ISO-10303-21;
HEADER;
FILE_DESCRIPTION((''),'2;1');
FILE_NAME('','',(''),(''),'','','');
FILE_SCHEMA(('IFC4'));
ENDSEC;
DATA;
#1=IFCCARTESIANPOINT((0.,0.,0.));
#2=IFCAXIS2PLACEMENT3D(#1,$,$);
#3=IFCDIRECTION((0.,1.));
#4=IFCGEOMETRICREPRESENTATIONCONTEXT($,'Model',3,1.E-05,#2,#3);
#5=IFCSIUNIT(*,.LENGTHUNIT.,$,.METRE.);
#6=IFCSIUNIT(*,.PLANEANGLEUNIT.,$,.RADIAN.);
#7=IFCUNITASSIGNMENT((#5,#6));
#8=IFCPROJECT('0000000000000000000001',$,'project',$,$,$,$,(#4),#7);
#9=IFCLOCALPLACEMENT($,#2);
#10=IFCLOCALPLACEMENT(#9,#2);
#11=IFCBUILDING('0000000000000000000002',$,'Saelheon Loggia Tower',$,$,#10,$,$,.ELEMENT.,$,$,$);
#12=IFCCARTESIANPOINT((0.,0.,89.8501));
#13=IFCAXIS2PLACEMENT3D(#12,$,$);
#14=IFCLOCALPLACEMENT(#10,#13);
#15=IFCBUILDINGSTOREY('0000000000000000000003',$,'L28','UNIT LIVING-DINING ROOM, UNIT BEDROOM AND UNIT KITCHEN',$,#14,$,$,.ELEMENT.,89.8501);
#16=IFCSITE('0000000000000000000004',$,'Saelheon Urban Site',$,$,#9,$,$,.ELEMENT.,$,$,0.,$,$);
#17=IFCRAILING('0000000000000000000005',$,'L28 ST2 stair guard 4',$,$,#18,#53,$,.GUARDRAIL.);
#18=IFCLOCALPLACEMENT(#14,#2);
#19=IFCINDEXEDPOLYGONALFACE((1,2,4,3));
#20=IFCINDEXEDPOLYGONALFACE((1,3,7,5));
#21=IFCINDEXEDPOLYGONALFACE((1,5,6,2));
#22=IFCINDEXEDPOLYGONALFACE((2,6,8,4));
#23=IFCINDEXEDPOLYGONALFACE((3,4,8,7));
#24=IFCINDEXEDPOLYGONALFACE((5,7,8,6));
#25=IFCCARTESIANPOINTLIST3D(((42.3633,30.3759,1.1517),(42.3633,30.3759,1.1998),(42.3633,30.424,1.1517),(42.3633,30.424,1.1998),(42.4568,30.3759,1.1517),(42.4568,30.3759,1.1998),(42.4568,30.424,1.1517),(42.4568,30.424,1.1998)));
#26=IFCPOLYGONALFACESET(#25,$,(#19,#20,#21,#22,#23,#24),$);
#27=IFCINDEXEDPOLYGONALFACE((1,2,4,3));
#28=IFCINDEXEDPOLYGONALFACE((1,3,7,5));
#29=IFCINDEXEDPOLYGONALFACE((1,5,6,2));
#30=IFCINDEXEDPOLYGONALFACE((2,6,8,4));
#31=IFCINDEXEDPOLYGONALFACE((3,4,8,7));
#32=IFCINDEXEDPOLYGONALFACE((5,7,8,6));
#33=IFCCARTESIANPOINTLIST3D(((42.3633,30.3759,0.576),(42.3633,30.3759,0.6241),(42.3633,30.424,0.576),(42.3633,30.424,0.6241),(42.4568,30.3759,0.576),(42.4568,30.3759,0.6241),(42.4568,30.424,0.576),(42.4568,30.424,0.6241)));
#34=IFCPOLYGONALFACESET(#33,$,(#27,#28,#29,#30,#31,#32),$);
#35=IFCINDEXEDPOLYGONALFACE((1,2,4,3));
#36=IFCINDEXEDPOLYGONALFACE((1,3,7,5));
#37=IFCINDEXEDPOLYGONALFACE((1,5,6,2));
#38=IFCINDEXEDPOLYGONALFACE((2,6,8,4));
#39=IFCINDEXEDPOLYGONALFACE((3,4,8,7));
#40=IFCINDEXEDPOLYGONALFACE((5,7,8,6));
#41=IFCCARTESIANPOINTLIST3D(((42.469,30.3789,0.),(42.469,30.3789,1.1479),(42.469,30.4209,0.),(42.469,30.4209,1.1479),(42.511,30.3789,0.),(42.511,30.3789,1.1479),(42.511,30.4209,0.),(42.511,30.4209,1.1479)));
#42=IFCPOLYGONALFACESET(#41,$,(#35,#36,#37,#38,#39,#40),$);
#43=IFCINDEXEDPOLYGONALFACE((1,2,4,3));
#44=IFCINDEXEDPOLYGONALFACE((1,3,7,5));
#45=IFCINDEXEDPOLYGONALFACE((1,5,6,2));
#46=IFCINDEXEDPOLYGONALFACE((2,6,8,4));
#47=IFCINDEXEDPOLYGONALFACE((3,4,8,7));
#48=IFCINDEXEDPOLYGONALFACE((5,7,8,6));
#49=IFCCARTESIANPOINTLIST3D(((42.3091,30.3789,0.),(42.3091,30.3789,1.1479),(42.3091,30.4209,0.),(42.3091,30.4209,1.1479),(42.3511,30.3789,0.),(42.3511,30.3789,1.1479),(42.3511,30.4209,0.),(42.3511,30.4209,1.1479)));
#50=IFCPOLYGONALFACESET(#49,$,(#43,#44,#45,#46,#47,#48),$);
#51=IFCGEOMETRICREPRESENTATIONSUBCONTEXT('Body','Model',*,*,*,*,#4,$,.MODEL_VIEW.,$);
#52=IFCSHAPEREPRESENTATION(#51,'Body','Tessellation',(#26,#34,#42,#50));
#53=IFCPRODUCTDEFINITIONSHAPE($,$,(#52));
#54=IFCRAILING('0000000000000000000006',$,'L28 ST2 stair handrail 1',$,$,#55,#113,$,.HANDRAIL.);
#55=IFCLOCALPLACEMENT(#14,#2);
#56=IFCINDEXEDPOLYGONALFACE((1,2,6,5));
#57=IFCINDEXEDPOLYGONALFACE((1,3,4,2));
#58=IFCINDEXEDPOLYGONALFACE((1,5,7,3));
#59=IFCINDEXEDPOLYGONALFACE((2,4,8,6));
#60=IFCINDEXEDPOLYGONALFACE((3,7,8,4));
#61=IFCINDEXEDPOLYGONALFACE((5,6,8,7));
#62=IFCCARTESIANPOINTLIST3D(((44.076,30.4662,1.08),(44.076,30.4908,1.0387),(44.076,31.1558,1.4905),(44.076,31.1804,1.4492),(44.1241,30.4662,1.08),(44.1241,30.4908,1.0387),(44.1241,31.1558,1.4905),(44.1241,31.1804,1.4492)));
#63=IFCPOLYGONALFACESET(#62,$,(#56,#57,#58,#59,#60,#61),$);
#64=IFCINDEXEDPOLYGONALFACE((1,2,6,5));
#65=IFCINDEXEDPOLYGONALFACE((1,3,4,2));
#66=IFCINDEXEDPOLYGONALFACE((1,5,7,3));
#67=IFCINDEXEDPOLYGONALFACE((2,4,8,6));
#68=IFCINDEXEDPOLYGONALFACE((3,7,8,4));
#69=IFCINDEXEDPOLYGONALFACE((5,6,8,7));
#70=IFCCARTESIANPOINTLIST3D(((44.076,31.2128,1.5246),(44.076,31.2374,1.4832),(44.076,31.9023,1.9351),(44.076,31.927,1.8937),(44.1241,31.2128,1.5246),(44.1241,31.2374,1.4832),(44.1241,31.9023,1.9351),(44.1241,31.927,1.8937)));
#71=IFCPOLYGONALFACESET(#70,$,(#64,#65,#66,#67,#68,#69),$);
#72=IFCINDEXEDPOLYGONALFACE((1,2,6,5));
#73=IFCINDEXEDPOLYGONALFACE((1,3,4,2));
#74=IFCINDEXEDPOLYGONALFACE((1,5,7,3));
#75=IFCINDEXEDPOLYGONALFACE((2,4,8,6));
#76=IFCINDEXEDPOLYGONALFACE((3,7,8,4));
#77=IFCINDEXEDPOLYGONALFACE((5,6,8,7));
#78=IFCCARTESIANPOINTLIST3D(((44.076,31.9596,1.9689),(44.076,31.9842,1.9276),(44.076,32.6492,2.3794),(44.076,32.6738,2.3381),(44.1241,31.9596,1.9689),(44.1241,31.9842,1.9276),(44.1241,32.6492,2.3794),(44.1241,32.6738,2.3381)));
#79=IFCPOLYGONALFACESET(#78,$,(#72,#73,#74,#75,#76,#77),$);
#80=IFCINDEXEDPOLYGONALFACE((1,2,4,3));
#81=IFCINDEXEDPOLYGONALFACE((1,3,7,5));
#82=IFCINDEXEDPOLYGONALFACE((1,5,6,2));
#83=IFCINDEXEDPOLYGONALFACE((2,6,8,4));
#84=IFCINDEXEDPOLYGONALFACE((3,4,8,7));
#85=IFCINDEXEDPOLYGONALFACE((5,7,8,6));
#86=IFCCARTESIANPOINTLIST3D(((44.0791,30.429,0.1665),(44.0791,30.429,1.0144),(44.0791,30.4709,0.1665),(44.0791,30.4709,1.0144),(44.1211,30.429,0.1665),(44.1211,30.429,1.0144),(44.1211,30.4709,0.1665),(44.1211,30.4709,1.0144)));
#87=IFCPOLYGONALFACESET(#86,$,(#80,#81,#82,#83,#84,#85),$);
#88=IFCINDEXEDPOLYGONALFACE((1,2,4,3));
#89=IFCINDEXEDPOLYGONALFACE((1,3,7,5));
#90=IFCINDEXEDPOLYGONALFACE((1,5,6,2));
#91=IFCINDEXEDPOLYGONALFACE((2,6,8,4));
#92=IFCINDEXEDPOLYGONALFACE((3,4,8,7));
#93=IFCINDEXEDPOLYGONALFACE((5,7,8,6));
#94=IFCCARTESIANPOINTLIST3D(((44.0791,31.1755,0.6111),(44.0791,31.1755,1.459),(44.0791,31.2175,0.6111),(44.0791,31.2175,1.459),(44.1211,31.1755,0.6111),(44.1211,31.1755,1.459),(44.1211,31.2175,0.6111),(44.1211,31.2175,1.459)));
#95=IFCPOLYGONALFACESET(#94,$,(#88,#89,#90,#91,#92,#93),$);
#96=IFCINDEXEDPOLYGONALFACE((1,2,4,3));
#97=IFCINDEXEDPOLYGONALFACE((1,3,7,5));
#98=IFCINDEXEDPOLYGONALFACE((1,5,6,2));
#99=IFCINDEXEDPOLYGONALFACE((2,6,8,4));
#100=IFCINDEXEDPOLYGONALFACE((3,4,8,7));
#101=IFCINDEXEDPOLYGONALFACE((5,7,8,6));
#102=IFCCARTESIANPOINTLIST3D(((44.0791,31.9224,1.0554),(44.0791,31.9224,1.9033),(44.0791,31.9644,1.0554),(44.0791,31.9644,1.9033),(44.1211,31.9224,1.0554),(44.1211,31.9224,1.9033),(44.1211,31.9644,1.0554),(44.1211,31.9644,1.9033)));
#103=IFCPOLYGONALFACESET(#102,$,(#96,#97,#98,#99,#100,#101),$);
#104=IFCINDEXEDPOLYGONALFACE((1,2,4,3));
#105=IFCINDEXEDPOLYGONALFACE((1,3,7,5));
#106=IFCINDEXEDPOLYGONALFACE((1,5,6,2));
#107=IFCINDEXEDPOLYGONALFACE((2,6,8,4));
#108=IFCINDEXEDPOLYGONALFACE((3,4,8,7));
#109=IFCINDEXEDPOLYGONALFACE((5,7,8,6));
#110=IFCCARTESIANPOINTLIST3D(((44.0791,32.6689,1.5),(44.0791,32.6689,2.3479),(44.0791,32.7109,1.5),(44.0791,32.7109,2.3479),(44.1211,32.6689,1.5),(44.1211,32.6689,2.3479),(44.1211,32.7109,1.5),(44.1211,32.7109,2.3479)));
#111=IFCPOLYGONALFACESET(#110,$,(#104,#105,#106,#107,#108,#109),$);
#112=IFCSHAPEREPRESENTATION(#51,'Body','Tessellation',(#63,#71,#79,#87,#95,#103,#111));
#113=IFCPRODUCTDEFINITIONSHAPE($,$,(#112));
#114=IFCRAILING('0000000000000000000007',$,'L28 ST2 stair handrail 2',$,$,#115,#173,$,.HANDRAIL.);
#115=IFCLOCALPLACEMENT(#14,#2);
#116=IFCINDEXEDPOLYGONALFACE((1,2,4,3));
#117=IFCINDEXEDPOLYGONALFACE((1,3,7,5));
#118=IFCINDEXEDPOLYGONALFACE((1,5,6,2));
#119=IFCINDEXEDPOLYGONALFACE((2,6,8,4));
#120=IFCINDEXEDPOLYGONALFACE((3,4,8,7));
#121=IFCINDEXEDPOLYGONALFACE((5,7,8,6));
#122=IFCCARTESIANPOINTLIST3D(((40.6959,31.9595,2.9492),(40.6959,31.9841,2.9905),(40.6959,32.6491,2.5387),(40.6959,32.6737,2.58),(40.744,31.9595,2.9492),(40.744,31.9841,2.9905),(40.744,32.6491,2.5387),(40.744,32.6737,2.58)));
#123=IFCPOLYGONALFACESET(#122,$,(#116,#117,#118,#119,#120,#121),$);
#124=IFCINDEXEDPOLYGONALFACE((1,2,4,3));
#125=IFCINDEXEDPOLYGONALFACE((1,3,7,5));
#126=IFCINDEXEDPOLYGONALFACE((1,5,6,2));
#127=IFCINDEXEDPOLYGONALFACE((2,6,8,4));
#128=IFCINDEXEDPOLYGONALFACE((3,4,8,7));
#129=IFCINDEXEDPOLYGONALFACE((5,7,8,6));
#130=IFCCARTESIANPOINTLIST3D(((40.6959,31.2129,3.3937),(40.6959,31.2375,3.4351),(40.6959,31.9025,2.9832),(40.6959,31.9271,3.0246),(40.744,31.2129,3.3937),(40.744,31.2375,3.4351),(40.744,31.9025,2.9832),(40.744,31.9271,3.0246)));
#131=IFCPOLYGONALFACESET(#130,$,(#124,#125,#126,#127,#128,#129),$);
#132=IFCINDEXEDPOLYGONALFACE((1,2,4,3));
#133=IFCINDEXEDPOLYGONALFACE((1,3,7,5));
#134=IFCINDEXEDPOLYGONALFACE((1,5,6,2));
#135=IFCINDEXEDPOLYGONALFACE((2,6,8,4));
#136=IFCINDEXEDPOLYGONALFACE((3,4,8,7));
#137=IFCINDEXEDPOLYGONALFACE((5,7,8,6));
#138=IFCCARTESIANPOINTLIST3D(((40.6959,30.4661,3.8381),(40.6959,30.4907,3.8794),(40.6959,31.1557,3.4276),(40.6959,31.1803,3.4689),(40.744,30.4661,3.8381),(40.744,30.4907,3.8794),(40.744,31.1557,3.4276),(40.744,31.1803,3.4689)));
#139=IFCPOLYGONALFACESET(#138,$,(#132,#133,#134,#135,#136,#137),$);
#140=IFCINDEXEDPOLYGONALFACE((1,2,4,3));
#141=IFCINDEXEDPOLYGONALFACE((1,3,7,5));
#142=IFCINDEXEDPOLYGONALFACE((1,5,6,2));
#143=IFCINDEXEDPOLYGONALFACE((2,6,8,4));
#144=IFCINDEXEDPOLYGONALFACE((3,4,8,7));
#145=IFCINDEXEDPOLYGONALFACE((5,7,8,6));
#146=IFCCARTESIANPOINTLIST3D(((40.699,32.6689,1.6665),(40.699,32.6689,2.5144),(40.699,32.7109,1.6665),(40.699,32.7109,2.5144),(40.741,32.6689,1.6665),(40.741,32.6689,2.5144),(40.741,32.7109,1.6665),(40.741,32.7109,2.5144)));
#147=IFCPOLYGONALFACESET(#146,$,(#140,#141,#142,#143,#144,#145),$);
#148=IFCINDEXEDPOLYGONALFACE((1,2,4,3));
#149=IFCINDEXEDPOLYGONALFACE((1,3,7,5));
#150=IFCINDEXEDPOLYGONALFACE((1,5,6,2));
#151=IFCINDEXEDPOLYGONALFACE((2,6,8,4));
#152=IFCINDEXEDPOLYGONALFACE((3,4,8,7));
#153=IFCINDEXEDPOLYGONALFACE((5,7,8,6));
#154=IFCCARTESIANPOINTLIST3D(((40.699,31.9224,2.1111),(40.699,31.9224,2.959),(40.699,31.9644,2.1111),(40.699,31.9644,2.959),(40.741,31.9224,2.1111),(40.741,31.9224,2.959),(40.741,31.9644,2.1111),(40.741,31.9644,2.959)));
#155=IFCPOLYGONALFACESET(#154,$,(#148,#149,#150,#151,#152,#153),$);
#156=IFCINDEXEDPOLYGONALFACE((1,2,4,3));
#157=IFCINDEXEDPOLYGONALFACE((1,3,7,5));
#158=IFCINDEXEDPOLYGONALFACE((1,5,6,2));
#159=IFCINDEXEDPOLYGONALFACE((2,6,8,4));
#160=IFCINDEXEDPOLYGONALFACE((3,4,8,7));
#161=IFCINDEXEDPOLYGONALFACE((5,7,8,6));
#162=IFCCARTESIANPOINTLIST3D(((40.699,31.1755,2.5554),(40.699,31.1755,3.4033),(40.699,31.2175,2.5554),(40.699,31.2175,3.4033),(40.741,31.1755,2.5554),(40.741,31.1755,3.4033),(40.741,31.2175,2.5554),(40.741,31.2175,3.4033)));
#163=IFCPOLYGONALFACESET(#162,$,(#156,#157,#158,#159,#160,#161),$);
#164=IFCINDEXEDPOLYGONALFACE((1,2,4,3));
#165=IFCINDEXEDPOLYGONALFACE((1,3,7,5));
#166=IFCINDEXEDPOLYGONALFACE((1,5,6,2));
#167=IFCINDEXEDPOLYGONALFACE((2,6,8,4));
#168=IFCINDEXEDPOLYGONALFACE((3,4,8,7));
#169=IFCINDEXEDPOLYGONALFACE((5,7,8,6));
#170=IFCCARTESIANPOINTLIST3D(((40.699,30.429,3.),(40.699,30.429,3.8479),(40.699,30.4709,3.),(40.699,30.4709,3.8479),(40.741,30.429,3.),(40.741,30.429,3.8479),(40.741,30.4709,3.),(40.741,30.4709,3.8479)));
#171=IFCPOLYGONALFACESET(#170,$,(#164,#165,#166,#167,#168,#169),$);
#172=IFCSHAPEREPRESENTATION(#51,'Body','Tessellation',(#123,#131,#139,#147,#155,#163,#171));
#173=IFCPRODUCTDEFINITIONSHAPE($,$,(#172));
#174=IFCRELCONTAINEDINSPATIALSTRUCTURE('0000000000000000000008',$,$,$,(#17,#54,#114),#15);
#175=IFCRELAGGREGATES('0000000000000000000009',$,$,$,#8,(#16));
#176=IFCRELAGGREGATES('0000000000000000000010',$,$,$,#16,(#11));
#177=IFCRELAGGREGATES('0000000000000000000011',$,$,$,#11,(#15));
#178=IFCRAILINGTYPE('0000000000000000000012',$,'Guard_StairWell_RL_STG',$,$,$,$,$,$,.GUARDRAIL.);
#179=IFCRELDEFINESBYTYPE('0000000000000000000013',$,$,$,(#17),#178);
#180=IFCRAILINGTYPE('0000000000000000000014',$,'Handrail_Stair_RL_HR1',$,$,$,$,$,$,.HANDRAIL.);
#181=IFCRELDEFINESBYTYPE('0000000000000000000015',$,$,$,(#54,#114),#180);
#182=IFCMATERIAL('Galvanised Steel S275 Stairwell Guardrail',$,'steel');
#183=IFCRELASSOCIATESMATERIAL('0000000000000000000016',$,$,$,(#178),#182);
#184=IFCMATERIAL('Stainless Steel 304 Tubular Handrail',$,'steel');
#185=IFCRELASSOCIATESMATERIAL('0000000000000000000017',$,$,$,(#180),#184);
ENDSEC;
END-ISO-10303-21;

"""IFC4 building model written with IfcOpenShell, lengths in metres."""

from ifc_helpers import new_model, si_unit, direction, frame, origin, origin_2d, place, context, subcontext, project, spatial, rectangle, extrude, material, type_object, element, save


model = new_model("IFC4")

# Units and contexts
model_context = context("Model", 3, precision=1e-05, world=origin(), true_north=direction((0.0, 1.0)))
body_context = subcontext(model_context, "Body", "Model", "MODEL_VIEW")
ifc_project = project(units=[si_unit("LENGTHUNIT", "METRE"), si_unit("PLANEANGLEUNIT", "RADIAN")], contexts=[model_context])

# Site, building, storey
site_placement = place(None, origin())
site = spatial("IfcSite", under=ifc_project, at=site_placement, Name="Saelheon Urban Site", CompositionType="ELEMENT", RefElevation=0.0)
building_placement = place(site_placement, origin())
building = spatial("IfcBuilding", under=site, at=building_placement, Name="Saelheon Loggia Tower", CompositionType="ELEMENT")
storey_placement = place(building_placement, frame((0.0, 0.0, 89.8501)))
storey = spatial("IfcBuildingStorey", under=building, at=storey_placement, Name="L28", Description="UNIT LIVING-DINING ROOM, UNIT BEDROOM AND UNIT KITCHEN", CompositionType="ELEMENT", Elevation=89.8501)

# Railings
ifc_material_1 = material(Name="Galvanised Steel S275 Stairwell Guardrail", Category="steel")
railing_type_1 = type_object("IfcRailingType", Name="Guard_StairWell_RL_STG", PredefinedType="GUARDRAIL", material=ifc_material_1)
railing_1_placement = place(storey_placement, frame((42.49, 30.3999, 0.0)))
element("IfcRailing", 1, at=railing_1_placement, inside=storey, type_object=railing_type_1, Name="L28 ST2 stair guard 4", PredefinedType="GUARDRAIL", context=body_context, shape_type="SweptSolid", body=[
    extrude(rectangle(XDim=0.0481, YDim=0.0481, at=origin_2d()), frame((-0.0332, 0.0, 1.1758), z_axis=(-1.0, 0.0, 0.0), x_axis=(0.0, -1.0, 0.0)), (0.0, 0.0, 1.0), 0.0935),
    extrude(rectangle(XDim=0.0481, YDim=0.0481, at=origin_2d()), frame((-0.0332, 0.0, 0.6001), z_axis=(-1.0, 0.0, 0.0), x_axis=(0.0, -1.0, 0.0)), (0.0, 0.0, 1.0), 0.0935),
    extrude(rectangle(XDim=0.042, YDim=0.042, at=origin_2d()), origin(), (0.0, 0.0, 1.0), 1.1479),
    extrude(rectangle(XDim=0.042, YDim=0.042, at=origin_2d()), frame((-0.1599, 0.0, 0.0)), (0.0, 0.0, 1.0), 1.1479),
])
ifc_material_2 = material(Name="Stainless Steel 304 Tubular Handrail", Category="steel")
railing_type_2 = type_object("IfcRailingType", Name="Handrail_Stair_RL_HR1", PredefinedType="HANDRAIL", material=ifc_material_2)
railing_2_placement = place(storey_placement, frame((44.1001, 30.45, 0.1665)))
element("IfcRailing", 2, at=railing_2_placement, inside=storey, type_object=railing_type_2, Name="L28 ST2 stair handrail 1", PredefinedType="HANDRAIL", context=body_context, shape_type="SweptSolid", body=[
    extrude(rectangle(XDim=0.0481, YDim=0.0481, at=origin_2d()), frame((0.0, 0.0286, 0.8928), z_axis=(0.0, 0.859264, 0.511532), x_axis=(-1.0, 0.0, 0.0)), (0.0, 0.0, 1.0), 0.8025),
    extrude(rectangle(XDim=0.0481, YDim=0.0481, at=origin_2d()), frame((0.0, 0.7751, 1.3374), z_axis=(0.0, 0.859264, 0.511532), x_axis=(-1.0, 0.0, 0.0)), (0.0, 0.0, 1.0), 0.8025),
    extrude(rectangle(XDim=0.0481, YDim=0.0481, at=origin_2d()), frame((0.0, 1.522, 1.7817), z_axis=(0.0, 0.859264, 0.511532), x_axis=(-1.0, 0.0, 0.0)), (0.0, 0.0, 1.0), 0.8025),
    extrude(rectangle(XDim=0.042, YDim=0.042, at=origin_2d()), origin(), (0.0, 0.0, 1.0), 0.8479),
    extrude(rectangle(XDim=0.042, YDim=0.042, at=origin_2d()), frame((0.0, 0.7466, 0.4446)), (0.0, 0.0, 1.0), 0.8479),
    extrude(rectangle(XDim=0.042, YDim=0.042, at=origin_2d()), frame((0.0, 1.4934, 0.8889)), (0.0, 0.0, 1.0), 0.8479),
    extrude(rectangle(XDim=0.042, YDim=0.042, at=origin_2d()), frame((0.0, 2.24, 1.3335)), (0.0, 0.0, 1.0), 0.8479),
])
railing_3_placement = place(storey_placement, frame((40.72, 32.6899, 1.6665)))
element("IfcRailing", 3, at=railing_3_placement, inside=storey, type_object=railing_type_2, Name="L28 ST2 stair handrail 2", PredefinedType="HANDRAIL", context=body_context, shape_type="SweptSolid", body=[
    extrude(rectangle(XDim=0.0481, YDim=0.0481, at=origin_2d()), frame((0.0, -0.0286, 0.8928), z_axis=(0.0, -0.859264, 0.511532), x_axis=(1.0, 0.0, 0.0)), (0.0, 0.0, 1.0), 0.8025),
    extrude(rectangle(XDim=0.0481, YDim=0.0481, at=origin_2d()), frame((0.0, -0.7751, 1.3374), z_axis=(0.0, -0.859264, 0.511532), x_axis=(1.0, 0.0, 0.0)), (0.0, 0.0, 1.0), 0.8025),
    extrude(rectangle(XDim=0.0481, YDim=0.0481, at=origin_2d()), frame((0.0, -1.522, 1.7817), z_axis=(0.0, -0.859264, 0.511532), x_axis=(1.0, 0.0, 0.0)), (0.0, 0.0, 1.0), 0.8025),
    extrude(rectangle(XDim=0.042, YDim=0.042, at=origin_2d()), origin(), (0.0, 0.0, 1.0), 0.8479),
    extrude(rectangle(XDim=0.042, YDim=0.042, at=origin_2d()), frame((0.0, -0.7466, 0.4446)), (0.0, 0.0, 1.0), 0.8479),
    extrude(rectangle(XDim=0.042, YDim=0.042, at=origin_2d()), frame((0.0, -1.4934, 0.8889)), (0.0, 0.0, 1.0), 0.8479),
    extrude(rectangle(XDim=0.042, YDim=0.042, at=origin_2d()), frame((0.0, -2.24, 1.3335)), (0.0, 0.0, 1.0), 0.8479),
])

save(model, "model.ifc")
